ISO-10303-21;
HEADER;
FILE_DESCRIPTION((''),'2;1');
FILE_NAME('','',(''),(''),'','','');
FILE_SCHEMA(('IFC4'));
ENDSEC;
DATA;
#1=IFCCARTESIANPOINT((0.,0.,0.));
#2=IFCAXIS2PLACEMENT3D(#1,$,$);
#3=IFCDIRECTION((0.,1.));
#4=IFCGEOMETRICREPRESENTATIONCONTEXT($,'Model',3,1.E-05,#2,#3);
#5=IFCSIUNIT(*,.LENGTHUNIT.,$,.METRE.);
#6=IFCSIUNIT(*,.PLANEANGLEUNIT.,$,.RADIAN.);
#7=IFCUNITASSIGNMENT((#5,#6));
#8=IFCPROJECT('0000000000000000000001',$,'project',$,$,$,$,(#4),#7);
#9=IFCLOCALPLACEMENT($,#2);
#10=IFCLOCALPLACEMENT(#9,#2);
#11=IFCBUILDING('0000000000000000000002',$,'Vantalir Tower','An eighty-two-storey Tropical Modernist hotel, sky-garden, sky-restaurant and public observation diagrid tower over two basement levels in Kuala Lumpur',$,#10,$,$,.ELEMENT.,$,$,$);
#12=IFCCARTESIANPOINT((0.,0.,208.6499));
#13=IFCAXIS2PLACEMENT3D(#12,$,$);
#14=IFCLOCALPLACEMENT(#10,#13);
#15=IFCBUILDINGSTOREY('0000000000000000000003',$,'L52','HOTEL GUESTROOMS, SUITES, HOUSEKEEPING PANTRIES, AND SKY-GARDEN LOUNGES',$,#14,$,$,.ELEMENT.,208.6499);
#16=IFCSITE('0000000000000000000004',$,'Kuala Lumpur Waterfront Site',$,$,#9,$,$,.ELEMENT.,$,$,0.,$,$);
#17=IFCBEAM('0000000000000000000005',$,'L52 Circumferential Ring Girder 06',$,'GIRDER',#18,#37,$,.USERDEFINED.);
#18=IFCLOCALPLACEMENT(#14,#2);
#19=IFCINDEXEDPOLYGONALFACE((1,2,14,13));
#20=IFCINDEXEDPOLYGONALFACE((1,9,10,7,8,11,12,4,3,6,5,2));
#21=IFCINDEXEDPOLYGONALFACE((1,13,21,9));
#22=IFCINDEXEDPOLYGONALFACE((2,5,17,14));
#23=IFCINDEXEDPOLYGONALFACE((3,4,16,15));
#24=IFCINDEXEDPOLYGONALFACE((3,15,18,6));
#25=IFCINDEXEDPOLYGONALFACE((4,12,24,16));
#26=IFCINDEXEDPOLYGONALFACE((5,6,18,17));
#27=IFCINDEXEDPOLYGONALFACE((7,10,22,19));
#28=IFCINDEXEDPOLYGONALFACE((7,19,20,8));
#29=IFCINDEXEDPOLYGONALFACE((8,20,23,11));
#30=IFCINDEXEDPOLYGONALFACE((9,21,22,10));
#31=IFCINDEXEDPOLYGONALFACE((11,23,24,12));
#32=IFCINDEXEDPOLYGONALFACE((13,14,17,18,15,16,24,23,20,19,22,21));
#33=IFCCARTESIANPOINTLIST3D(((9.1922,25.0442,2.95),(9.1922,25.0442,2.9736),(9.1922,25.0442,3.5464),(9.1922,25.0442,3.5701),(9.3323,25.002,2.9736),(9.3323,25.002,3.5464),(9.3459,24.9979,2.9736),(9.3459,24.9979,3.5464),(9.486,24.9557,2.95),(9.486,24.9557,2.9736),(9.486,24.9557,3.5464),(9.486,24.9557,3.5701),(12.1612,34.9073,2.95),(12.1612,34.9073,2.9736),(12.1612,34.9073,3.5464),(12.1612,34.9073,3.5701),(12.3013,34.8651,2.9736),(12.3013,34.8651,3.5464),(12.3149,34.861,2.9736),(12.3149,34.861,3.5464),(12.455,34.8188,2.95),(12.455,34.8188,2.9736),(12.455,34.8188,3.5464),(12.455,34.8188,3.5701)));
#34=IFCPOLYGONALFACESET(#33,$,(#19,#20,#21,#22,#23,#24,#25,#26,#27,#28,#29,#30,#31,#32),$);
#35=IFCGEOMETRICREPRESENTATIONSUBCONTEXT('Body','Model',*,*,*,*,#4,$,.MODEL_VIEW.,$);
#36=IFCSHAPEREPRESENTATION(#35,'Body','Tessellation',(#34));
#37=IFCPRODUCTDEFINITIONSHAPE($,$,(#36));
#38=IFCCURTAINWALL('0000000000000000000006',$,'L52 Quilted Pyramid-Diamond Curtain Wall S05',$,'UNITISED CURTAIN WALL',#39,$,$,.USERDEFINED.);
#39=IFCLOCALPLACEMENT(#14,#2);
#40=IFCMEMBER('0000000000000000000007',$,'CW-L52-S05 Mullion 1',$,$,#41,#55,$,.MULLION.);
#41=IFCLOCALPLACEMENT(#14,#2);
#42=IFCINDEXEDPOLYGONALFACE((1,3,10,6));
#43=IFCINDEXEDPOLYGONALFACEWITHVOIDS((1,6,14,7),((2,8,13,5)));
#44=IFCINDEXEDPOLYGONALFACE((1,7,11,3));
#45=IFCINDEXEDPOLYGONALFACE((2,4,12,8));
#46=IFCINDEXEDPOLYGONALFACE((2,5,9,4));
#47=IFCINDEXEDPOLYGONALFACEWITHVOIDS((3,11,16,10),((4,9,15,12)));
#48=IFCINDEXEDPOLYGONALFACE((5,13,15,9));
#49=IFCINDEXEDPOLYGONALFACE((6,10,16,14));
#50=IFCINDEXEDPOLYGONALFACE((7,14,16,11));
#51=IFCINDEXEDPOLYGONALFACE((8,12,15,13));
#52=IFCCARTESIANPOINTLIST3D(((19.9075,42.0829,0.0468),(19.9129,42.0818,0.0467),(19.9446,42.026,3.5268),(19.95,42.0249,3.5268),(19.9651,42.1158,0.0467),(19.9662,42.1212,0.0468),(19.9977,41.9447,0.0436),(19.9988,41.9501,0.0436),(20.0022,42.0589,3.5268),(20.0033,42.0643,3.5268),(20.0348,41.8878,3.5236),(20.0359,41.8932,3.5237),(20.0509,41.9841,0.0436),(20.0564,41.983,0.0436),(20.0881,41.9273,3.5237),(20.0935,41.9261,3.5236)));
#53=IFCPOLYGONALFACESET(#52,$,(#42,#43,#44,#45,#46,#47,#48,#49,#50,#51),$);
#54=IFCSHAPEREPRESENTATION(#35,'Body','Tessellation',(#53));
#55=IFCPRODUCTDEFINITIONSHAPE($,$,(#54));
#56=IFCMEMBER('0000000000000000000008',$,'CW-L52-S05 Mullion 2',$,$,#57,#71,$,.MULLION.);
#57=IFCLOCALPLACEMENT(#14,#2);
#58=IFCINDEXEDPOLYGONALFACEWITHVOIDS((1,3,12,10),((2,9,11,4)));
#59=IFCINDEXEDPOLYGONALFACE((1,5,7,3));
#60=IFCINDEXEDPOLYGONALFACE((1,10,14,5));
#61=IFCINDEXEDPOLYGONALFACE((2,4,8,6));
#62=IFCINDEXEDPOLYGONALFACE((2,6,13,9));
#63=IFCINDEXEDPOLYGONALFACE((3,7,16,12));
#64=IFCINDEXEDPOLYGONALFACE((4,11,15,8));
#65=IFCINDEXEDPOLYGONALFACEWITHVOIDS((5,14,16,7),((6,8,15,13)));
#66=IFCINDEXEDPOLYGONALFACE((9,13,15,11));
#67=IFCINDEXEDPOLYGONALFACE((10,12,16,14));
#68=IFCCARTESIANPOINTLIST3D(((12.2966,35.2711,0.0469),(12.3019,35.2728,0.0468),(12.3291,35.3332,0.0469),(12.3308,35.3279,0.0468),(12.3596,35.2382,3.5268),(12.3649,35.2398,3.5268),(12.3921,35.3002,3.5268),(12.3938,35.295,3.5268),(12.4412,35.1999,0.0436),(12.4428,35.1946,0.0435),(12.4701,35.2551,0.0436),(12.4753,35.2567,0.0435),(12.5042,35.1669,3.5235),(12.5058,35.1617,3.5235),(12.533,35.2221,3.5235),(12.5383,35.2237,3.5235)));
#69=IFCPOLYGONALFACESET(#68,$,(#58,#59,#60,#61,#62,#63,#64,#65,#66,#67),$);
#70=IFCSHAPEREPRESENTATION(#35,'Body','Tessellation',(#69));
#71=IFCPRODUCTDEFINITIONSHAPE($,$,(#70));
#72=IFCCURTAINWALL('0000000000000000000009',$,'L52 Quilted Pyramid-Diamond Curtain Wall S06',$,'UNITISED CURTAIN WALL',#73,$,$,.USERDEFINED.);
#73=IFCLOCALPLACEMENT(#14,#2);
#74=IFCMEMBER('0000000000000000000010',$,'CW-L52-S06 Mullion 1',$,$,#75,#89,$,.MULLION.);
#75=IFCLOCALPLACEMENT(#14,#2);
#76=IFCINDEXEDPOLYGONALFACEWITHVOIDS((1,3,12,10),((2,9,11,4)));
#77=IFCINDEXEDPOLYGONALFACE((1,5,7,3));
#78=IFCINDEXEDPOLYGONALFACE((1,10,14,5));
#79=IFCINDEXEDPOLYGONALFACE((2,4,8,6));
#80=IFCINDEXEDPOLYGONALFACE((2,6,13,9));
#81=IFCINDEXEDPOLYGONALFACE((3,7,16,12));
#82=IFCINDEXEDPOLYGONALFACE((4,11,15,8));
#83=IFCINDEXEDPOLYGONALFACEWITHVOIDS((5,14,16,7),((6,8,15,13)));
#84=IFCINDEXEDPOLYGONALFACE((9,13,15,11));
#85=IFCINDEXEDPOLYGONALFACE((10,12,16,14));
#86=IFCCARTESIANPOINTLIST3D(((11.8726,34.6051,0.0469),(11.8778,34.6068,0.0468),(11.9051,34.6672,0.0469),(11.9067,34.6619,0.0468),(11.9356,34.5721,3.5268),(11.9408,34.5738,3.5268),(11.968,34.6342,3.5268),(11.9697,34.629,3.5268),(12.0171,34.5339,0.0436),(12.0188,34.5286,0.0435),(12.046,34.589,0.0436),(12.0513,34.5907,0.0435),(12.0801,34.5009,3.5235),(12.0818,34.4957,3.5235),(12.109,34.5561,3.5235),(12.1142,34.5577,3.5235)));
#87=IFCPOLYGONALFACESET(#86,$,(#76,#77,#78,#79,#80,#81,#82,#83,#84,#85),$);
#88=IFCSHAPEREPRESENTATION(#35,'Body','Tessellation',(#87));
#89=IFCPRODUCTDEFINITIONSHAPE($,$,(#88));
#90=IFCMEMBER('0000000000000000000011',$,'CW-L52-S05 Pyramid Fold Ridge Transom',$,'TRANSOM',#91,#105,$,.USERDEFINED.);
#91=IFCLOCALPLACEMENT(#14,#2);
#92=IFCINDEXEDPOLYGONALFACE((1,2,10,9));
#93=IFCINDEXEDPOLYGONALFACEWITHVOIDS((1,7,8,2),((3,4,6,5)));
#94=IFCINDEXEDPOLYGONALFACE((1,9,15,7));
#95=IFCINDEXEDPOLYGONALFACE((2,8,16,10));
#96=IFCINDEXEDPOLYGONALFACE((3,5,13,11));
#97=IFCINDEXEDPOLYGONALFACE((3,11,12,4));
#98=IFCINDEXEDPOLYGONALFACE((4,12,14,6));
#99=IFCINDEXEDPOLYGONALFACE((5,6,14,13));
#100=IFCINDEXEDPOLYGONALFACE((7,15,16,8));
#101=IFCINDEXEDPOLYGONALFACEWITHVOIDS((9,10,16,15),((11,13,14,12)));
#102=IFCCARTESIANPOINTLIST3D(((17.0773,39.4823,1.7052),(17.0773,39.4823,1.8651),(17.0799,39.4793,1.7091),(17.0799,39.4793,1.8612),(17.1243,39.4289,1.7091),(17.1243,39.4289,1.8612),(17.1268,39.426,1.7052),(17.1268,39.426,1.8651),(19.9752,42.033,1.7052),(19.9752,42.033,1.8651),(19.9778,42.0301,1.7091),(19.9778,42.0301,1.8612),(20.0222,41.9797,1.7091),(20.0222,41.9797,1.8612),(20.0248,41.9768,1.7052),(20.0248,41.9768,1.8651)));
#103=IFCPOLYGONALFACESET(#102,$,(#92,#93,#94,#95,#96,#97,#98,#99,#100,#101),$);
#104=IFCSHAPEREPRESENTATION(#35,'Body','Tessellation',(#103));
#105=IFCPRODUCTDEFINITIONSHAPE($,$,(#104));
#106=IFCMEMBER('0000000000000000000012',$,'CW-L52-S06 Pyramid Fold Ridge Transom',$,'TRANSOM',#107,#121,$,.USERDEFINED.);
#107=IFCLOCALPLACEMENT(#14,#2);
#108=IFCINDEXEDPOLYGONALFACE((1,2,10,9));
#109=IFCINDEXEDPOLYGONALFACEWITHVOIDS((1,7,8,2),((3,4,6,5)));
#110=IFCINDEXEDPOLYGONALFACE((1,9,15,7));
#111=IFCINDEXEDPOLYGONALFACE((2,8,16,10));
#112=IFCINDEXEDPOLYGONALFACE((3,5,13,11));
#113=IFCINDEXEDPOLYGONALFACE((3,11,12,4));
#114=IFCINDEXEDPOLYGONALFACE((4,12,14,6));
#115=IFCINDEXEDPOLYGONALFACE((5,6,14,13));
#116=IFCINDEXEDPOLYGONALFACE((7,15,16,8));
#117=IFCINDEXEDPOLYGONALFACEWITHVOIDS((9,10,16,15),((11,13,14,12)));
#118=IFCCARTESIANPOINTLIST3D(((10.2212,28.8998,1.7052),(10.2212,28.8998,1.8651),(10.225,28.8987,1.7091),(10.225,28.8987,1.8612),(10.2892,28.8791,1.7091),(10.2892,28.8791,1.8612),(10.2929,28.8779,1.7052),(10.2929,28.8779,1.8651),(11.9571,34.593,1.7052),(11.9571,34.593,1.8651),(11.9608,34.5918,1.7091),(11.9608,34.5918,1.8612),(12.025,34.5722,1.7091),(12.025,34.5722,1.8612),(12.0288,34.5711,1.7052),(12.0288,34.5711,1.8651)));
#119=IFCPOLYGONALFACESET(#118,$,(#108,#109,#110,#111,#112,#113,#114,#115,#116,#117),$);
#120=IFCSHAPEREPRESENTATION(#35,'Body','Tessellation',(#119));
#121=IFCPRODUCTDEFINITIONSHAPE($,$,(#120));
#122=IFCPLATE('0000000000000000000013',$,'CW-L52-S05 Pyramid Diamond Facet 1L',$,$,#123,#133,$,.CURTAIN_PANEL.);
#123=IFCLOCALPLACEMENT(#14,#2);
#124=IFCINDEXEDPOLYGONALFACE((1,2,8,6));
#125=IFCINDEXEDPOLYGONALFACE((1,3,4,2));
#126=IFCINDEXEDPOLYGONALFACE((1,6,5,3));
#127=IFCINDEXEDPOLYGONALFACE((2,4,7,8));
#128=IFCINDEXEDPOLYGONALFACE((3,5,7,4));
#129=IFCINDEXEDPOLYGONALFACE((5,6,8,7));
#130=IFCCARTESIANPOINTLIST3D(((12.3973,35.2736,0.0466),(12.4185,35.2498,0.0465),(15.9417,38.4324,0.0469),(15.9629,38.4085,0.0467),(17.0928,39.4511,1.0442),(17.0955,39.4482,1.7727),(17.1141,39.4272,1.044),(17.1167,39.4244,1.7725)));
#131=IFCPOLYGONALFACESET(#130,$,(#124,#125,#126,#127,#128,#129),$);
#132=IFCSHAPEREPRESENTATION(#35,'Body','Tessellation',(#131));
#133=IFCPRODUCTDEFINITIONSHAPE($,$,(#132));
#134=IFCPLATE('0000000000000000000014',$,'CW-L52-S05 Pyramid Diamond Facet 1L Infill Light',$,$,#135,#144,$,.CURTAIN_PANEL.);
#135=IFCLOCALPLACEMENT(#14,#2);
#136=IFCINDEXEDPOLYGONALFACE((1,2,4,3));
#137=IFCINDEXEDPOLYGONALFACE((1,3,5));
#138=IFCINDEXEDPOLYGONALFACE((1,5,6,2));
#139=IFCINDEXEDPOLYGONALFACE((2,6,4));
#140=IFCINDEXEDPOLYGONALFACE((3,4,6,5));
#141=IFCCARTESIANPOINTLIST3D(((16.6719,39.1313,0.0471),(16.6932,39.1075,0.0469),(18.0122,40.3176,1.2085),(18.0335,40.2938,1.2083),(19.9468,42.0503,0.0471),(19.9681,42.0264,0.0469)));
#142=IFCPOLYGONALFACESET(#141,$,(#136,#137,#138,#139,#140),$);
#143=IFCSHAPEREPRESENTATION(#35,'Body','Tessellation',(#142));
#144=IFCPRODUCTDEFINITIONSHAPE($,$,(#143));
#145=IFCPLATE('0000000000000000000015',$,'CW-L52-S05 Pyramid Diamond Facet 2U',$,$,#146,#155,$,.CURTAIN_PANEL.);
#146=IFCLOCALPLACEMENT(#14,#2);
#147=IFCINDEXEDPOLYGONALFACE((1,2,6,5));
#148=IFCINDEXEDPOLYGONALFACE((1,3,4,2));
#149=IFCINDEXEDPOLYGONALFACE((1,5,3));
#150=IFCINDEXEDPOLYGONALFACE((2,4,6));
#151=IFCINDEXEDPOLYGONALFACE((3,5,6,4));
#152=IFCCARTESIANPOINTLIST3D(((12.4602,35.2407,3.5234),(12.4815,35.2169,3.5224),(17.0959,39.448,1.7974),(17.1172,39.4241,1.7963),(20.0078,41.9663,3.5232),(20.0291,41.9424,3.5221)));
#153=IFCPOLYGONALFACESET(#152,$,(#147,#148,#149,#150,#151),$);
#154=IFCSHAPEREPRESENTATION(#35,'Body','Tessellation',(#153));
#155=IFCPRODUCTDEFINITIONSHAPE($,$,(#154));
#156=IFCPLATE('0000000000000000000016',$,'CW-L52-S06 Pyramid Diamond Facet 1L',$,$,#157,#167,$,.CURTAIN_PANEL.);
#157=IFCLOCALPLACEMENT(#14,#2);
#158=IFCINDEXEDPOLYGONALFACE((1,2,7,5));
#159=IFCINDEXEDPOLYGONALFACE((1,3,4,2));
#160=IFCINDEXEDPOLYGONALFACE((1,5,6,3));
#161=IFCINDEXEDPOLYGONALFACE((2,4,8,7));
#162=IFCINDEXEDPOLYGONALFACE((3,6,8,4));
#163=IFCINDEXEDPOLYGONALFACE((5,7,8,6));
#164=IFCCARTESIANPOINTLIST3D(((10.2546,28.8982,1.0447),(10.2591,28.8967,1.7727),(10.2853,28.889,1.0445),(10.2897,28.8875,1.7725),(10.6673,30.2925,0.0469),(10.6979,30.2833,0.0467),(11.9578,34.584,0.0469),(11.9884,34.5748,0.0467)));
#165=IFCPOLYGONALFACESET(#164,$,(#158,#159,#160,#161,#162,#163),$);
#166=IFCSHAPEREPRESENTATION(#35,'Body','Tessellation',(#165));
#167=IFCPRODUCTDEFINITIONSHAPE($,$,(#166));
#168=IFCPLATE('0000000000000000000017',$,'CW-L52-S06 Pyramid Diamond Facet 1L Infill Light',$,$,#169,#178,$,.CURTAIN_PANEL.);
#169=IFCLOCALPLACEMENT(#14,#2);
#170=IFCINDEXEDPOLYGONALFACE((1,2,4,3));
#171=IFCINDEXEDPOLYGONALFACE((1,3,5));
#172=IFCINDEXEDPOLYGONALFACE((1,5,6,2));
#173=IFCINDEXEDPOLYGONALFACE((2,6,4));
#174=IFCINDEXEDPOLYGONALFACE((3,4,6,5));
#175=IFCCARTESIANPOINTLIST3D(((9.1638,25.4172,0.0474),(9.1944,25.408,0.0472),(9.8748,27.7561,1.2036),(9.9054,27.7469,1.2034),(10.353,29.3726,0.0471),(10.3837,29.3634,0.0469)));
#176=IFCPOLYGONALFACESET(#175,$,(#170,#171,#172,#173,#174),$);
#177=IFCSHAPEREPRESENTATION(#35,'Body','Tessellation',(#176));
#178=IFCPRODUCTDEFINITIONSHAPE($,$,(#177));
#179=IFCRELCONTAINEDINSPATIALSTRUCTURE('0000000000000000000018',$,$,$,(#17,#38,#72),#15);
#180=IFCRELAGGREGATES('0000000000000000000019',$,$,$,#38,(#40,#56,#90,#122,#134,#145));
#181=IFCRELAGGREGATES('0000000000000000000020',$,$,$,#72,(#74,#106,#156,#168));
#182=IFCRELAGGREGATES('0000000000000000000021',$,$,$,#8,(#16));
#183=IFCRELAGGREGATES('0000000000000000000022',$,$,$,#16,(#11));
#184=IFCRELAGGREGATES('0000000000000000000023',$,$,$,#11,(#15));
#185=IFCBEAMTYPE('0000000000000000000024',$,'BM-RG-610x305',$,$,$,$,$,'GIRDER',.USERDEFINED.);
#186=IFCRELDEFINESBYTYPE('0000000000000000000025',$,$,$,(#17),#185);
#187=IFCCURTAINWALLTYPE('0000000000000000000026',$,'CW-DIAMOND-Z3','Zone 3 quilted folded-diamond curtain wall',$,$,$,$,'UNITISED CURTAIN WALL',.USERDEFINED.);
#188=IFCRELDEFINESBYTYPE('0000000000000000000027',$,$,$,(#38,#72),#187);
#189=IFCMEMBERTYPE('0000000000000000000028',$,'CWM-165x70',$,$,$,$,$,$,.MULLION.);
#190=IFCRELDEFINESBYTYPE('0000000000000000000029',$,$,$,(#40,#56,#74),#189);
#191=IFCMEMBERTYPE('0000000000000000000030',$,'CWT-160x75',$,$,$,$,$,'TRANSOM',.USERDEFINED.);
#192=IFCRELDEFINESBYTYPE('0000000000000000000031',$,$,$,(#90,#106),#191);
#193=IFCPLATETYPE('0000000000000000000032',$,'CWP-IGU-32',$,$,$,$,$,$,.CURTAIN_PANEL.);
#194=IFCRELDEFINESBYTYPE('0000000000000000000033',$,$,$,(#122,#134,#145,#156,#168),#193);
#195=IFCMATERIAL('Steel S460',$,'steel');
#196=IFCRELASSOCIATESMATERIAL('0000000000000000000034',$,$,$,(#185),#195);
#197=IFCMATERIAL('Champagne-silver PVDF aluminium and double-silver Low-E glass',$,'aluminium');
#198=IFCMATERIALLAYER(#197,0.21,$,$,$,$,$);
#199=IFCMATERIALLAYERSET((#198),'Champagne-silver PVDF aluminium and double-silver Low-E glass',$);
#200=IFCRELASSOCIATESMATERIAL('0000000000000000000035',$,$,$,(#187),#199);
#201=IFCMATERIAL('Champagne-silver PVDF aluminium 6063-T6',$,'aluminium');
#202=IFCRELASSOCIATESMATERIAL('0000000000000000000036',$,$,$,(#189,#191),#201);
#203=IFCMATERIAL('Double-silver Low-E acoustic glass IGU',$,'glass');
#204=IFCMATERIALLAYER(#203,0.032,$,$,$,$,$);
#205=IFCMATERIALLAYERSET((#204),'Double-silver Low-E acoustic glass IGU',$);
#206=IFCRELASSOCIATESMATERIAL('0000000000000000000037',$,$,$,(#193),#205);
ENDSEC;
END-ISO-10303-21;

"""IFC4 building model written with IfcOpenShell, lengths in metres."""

from ifc_helpers import new_model, si_unit, direction, frame, origin, origin_2d, place, context, subcontext, project, spatial, polyline, hollow_rectangle, i_section, outline, extrude, material, layer, layer_set, material_profile, profile_set, type_object, element, aggregate, save


model = new_model("IFC4")

# Units and contexts
model_context = context("Model", 3, precision=1e-05, world=origin(), true_north=direction((0.0, 1.0)))
body_context = subcontext(model_context, "Body", "Model", "MODEL_VIEW")
ifc_project = project(units=[si_unit("LENGTHUNIT", "METRE"), si_unit("PLANEANGLEUNIT", "RADIAN")], contexts=[model_context])

# Site, building, storey
site_placement = place(None, origin())
site = spatial("IfcSite", under=ifc_project, at=site_placement, Name="Kuala Lumpur Waterfront Site", CompositionType="ELEMENT", RefElevation=0.0)
building_placement = place(site_placement, origin())
building = spatial("IfcBuilding", under=site, at=building_placement, Name="Vantalir Tower", Description="An eighty-two-storey Tropical Modernist hotel, sky-garden, sky-restaurant and public observation diagrid tower over two basement levels in Kuala Lumpur", CompositionType="ELEMENT")
storey_placement = place(building_placement, frame((0.0, 0.0, 208.6499)))
storey = spatial("IfcBuildingStorey", under=building, at=storey_placement, Name="L52", Description="HOTEL GUESTROOMS, SUITES, HOUSEKEEPING PANTRIES, AND SKY-GARDEN LOUNGES", CompositionType="ELEMENT", Elevation=208.6499)

# Shared definitions
ifc_material_1 = material(Name="Steel S460", Category="steel")

# Beam
ifc_material_profile_1 = material_profile(ifc_material_1, i_section(OverallWidth=0.3069, OverallDepth=0.6201, WebThickness=0.0142, FlangeThickness=0.0237, at=origin_2d()), Name="Steel S460")
ifc_profile_set_1 = profile_set([ifc_material_profile_1], Name="Steel S460")
beam_type_1 = type_object("IfcBeamType", Name="BM-RG-610x305", ElementType="GIRDER", PredefinedType="USERDEFINED", material=ifc_profile_set_1)
beam_1_placement = place(storey_placement, frame((12.3081, 34.863, 3.26), z_axis=(-0.288246, -0.957556, 0.0), x_axis=(0.957556, -0.288246, 0.0)))
element("IfcBeam", 1, at=beam_1_placement, inside=storey, type_object=beam_type_1, Name="L52 Circumferential Ring Girder 06", ObjectType="GIRDER", PredefinedType="USERDEFINED", context=body_context, shape_type="SweptSolid", body=[
    extrude(i_section(OverallWidth=0.3069, OverallDepth=0.6201, WebThickness=0.0142, FlangeThickness=0.0237, at=origin_2d()), origin(), (0.0, 0.0, 1.0), 10.3003),
])

# Curtain wall, members
ifc_material_2 = material(Name="Champagne-silver PVDF aluminium and double-silver Low-E glass", Category="aluminium")
ifc_layer_1 = layer(ifc_material_2, 0.21)
ifc_layer_set_1 = layer_set([ifc_layer_1], Name="Champagne-silver PVDF aluminium and double-silver Low-E glass")
curtain_wall_type = type_object("IfcCurtainWallType", Name="CW-DIAMOND-Z3", Description="Zone 3 quilted folded-diamond curtain wall", ElementType="UNITISED CURTAIN WALL", PredefinedType="USERDEFINED", material=ifc_layer_set_1)
curtain_wall_1_placement = place(storey_placement, origin())
curtain_wall_1 = element("IfcCurtainWall", 2, at=curtain_wall_1_placement, inside=storey, type_object=curtain_wall_type, Name="L52 Quilted Pyramid-Diamond Curtain Wall S05", ObjectType="UNITISED CURTAIN WALL", PredefinedType="USERDEFINED")
ifc_material_3 = material(Name="Champagne-silver PVDF aluminium 6063-T6", Category="aluminium")
ifc_material_profile_2 = material_profile(ifc_material_3, hollow_rectangle(XDim=0.0701, YDim=0.165, WallThickness=0.0039, at=origin_2d()), Name="Champagne-silver PVDF aluminium 6063-T6")
ifc_profile_set_2 = profile_set([ifc_material_profile_2], Name="Champagne-silver PVDF aluminium 6063-T6")
member_type_1 = type_object("IfcMemberType", Name="CWM-165x70", PredefinedType="MULLION", material=ifc_profile_set_2)
member_1_placement = place(storey_placement, frame((19.9819, 42.033, 0.0452), z_axis=(0.010662, -0.016343, 0.99981), x_axis=(0.837539, 0.546377, 0.0)))
member_1 = element("IfcMember", 3, at=member_1_placement, type_object=member_type_1, Name="CW-L52-S05 Mullion 1", PredefinedType="MULLION", context=body_context, shape_type="SweptSolid", body=[
    extrude(hollow_rectangle(XDim=0.0701, YDim=0.165, WallThickness=0.0039, at=origin_2d()), origin(), (0.0, 0.0, 1.0), 3.4807),
])
member_2_placement = place(storey_placement, frame((12.386, 35.2639, 0.0452), z_axis=(0.018096, -0.009469, 0.999791), x_axis=(0.463622, 0.886033, 0.0)))
member_2 = element("IfcMember", 4, at=member_2_placement, type_object=member_type_1, Name="CW-L52-S05 Mullion 2", PredefinedType="MULLION", context=body_context, shape_type="SweptSolid", body=[
    extrude(hollow_rectangle(XDim=0.0701, YDim=0.165, WallThickness=0.0039, at=origin_2d()), origin(), (0.0, 0.0, 1.0), 3.4807),
])

# Curtain wall, member
curtain_wall_2_placement = place(storey_placement, origin())
curtain_wall_2 = element("IfcCurtainWall", 5, at=curtain_wall_2_placement, inside=storey, type_object=curtain_wall_type, Name="L52 Quilted Pyramid-Diamond Curtain Wall S06", ObjectType="UNITISED CURTAIN WALL", PredefinedType="USERDEFINED")
member_3_placement = place(storey_placement, frame((11.9619, 34.5979, 0.0452), z_axis=(0.018096, -0.009469, 0.999791), x_axis=(0.463622, 0.886033, 0.0)))
member_3 = element("IfcMember", 6, at=member_3_placement, type_object=member_type_1, Name="CW-L52-S06 Mullion 1", PredefinedType="MULLION", context=body_context, shape_type="SweptSolid", body=[
    extrude(hollow_rectangle(XDim=0.0701, YDim=0.165, WallThickness=0.0039, at=origin_2d()), origin(), (0.0, 0.0, 1.0), 3.4807),
])

# Members
ifc_material_profile_3 = material_profile(ifc_material_3, hollow_rectangle(XDim=0.075, YDim=0.1599, WallThickness=0.0039, at=origin_2d()), Name="Champagne-silver PVDF aluminium 6063-T6")
ifc_profile_set_3 = profile_set([ifc_material_profile_3], Name="Champagne-silver PVDF aluminium 6063-T6")
member_type_2 = type_object("IfcMemberType", Name="CWT-160x75", ElementType="TRANSOM", PredefinedType="USERDEFINED", material=ifc_profile_set_3)
member_4_placement = place(storey_placement, frame((20.0, 42.0049, 1.7852), z_axis=(-0.750638, -0.660713, 0.0), x_axis=(0.660713, -0.750638, 0.0)))
member_4 = element("IfcMember", 7, at=member_4_placement, type_object=member_type_2, Name="CW-L52-S05 Pyramid Fold Ridge Transom", ObjectType="TRANSOM", PredefinedType="USERDEFINED", context=body_context, shape_type="SweptSolid", body=[
    extrude(hollow_rectangle(XDim=0.075, YDim=0.1599, WallThickness=0.0039, at=origin_2d()), origin(), (0.0, 0.0, 1.0), 3.8606),
])
member_5_placement = place(storey_placement, frame((11.9929, 34.582, 1.7852), z_axis=(-0.291646, -0.956526, 0.0), x_axis=(0.956526, -0.291646, 0.0)))
member_5 = element("IfcMember", 8, at=member_5_placement, type_object=member_type_2, Name="CW-L52-S06 Pyramid Fold Ridge Transom", ObjectType="TRANSOM", PredefinedType="USERDEFINED", context=body_context, shape_type="SweptSolid", body=[
    extrude(hollow_rectangle(XDim=0.075, YDim=0.1599, WallThickness=0.0039, at=origin_2d()), origin(), (0.0, 0.0, 1.0), 5.9519),
])

# Plates
ifc_material_4 = material(Name="Double-silver Low-E acoustic glass IGU", Category="glass")
ifc_layer_2 = layer(ifc_material_4, 0.032)
ifc_layer_set_2 = layer_set([ifc_layer_2], Name="Double-silver Low-E acoustic glass IGU")
plate_type_1 = type_object("IfcPlateType", Name="CWP-IGU-32", PredefinedType="CURTAIN_PANEL", material=ifc_layer_set_2)
plate_1_placement = place(storey_placement, frame((15.9417, 38.4324, 0.0469), z_axis=(-0.665316, 0.746543, 0.005364), x_axis=(-0.746554, -0.665325, -0.000051)))
plate_1 = element("IfcPlate", 9, at=plate_1_placement, type_object=plate_type_1, Name="CW-L52-S05 Pyramid Diamond Facet 1L", PredefinedType="CURTAIN_PANEL", context=body_context, shape_type="SweptSolid", body=[
    extrude(outline(polyline([(0.0, 0.0), (4.7477, 0.0), (-1.5374, 1.7258), (-1.5373, 0.9972), (0.0, 0.0)])), origin(), (0.0, 0.0, -1.0), 0.032),
])
plate_2_placement = place(storey_placement, frame((19.9468, 42.0503, 0.0471), z_axis=(-0.665362, 0.746501, 0.005379), x_axis=(-0.746512, -0.665372, 0.0)))
plate_2 = element("IfcPlate", 10, at=plate_2_placement, type_object=plate_type_1, Name="CW-L52-S05 Pyramid Diamond Facet 1L Infill Light", PredefinedType="CURTAIN_PANEL", context=body_context, shape_type="SweptSolid", body=[
    extrude(outline(polyline([(0.0, 0.0), (4.3869, 0.0), (2.597, 1.1614), (0.0, 0.0)])), origin(), (0.0, 0.0, -1.0), 0.032),
])
plate_3_placement = place(storey_placement, frame((12.4602, 35.2407, 3.5234), z_axis=(-0.664917, 0.746186, 0.033039), x_axis=(0.746593, 0.665281, -0.000024)))
plate_3 = element("IfcPlate", 11, at=plate_3_placement, type_object=plate_type_1, Name="CW-L52-S05 Pyramid Diamond Facet 2U", PredefinedType="CURTAIN_PANEL", context=body_context, shape_type="SweptSolid", body=[
    extrude(outline(polyline([(0.0, 0.0), (10.1094, 0.0), (6.2601, 1.7269), (0.0, 0.0)])), origin(), (0.0, 0.0, -1.0), 0.032),
])
aggregate(curtain_wall_1, [member_1, member_2, member_4, plate_1, plate_2, plate_3])
plate_4_placement = place(storey_placement, frame((11.9578, 34.584, 0.0469), z_axis=(-0.957619, 0.287967, 0.00639), x_axis=(-0.287973, -0.957639, 0.0)))
plate_4 = element("IfcPlate", 12, at=plate_4_placement, type_object=plate_type_1, Name="CW-L52-S06 Pyramid Diamond Facet 1L", PredefinedType="CURTAIN_PANEL", context=body_context, shape_type="SweptSolid", body=[
    extrude(outline(polyline([(0.0, 0.0), (4.4813, 0.0), (5.9354, 0.9978), (5.9355, 1.7259), (0.0, 0.0)])), origin(), (0.0, 0.0, -1.0), 0.032),
])
plate_5_placement = place(storey_placement, frame((10.353, 29.3726, 0.0471), z_axis=(-0.957632, 0.287923, 0.006404), x_axis=(-0.287928, -0.957652, 0.000059)))
plate_5 = element("IfcPlate", 13, at=plate_5_placement, type_object=plate_type_1, Name="CW-L52-S06 Pyramid Diamond Facet 1L Infill Light", PredefinedType="CURTAIN_PANEL", context=body_context, shape_type="SweptSolid", body=[
    extrude(outline(polyline([(0.0, 0.0), (4.1302, 0.0), (1.6858, 1.1564), (0.0, 0.0)])), origin(), (0.0, 0.0, -1.0), 0.032),
])
aggregate(curtain_wall_2, [member_3, member_5, plate_4, plate_5])

save(model, "model.ifc")
